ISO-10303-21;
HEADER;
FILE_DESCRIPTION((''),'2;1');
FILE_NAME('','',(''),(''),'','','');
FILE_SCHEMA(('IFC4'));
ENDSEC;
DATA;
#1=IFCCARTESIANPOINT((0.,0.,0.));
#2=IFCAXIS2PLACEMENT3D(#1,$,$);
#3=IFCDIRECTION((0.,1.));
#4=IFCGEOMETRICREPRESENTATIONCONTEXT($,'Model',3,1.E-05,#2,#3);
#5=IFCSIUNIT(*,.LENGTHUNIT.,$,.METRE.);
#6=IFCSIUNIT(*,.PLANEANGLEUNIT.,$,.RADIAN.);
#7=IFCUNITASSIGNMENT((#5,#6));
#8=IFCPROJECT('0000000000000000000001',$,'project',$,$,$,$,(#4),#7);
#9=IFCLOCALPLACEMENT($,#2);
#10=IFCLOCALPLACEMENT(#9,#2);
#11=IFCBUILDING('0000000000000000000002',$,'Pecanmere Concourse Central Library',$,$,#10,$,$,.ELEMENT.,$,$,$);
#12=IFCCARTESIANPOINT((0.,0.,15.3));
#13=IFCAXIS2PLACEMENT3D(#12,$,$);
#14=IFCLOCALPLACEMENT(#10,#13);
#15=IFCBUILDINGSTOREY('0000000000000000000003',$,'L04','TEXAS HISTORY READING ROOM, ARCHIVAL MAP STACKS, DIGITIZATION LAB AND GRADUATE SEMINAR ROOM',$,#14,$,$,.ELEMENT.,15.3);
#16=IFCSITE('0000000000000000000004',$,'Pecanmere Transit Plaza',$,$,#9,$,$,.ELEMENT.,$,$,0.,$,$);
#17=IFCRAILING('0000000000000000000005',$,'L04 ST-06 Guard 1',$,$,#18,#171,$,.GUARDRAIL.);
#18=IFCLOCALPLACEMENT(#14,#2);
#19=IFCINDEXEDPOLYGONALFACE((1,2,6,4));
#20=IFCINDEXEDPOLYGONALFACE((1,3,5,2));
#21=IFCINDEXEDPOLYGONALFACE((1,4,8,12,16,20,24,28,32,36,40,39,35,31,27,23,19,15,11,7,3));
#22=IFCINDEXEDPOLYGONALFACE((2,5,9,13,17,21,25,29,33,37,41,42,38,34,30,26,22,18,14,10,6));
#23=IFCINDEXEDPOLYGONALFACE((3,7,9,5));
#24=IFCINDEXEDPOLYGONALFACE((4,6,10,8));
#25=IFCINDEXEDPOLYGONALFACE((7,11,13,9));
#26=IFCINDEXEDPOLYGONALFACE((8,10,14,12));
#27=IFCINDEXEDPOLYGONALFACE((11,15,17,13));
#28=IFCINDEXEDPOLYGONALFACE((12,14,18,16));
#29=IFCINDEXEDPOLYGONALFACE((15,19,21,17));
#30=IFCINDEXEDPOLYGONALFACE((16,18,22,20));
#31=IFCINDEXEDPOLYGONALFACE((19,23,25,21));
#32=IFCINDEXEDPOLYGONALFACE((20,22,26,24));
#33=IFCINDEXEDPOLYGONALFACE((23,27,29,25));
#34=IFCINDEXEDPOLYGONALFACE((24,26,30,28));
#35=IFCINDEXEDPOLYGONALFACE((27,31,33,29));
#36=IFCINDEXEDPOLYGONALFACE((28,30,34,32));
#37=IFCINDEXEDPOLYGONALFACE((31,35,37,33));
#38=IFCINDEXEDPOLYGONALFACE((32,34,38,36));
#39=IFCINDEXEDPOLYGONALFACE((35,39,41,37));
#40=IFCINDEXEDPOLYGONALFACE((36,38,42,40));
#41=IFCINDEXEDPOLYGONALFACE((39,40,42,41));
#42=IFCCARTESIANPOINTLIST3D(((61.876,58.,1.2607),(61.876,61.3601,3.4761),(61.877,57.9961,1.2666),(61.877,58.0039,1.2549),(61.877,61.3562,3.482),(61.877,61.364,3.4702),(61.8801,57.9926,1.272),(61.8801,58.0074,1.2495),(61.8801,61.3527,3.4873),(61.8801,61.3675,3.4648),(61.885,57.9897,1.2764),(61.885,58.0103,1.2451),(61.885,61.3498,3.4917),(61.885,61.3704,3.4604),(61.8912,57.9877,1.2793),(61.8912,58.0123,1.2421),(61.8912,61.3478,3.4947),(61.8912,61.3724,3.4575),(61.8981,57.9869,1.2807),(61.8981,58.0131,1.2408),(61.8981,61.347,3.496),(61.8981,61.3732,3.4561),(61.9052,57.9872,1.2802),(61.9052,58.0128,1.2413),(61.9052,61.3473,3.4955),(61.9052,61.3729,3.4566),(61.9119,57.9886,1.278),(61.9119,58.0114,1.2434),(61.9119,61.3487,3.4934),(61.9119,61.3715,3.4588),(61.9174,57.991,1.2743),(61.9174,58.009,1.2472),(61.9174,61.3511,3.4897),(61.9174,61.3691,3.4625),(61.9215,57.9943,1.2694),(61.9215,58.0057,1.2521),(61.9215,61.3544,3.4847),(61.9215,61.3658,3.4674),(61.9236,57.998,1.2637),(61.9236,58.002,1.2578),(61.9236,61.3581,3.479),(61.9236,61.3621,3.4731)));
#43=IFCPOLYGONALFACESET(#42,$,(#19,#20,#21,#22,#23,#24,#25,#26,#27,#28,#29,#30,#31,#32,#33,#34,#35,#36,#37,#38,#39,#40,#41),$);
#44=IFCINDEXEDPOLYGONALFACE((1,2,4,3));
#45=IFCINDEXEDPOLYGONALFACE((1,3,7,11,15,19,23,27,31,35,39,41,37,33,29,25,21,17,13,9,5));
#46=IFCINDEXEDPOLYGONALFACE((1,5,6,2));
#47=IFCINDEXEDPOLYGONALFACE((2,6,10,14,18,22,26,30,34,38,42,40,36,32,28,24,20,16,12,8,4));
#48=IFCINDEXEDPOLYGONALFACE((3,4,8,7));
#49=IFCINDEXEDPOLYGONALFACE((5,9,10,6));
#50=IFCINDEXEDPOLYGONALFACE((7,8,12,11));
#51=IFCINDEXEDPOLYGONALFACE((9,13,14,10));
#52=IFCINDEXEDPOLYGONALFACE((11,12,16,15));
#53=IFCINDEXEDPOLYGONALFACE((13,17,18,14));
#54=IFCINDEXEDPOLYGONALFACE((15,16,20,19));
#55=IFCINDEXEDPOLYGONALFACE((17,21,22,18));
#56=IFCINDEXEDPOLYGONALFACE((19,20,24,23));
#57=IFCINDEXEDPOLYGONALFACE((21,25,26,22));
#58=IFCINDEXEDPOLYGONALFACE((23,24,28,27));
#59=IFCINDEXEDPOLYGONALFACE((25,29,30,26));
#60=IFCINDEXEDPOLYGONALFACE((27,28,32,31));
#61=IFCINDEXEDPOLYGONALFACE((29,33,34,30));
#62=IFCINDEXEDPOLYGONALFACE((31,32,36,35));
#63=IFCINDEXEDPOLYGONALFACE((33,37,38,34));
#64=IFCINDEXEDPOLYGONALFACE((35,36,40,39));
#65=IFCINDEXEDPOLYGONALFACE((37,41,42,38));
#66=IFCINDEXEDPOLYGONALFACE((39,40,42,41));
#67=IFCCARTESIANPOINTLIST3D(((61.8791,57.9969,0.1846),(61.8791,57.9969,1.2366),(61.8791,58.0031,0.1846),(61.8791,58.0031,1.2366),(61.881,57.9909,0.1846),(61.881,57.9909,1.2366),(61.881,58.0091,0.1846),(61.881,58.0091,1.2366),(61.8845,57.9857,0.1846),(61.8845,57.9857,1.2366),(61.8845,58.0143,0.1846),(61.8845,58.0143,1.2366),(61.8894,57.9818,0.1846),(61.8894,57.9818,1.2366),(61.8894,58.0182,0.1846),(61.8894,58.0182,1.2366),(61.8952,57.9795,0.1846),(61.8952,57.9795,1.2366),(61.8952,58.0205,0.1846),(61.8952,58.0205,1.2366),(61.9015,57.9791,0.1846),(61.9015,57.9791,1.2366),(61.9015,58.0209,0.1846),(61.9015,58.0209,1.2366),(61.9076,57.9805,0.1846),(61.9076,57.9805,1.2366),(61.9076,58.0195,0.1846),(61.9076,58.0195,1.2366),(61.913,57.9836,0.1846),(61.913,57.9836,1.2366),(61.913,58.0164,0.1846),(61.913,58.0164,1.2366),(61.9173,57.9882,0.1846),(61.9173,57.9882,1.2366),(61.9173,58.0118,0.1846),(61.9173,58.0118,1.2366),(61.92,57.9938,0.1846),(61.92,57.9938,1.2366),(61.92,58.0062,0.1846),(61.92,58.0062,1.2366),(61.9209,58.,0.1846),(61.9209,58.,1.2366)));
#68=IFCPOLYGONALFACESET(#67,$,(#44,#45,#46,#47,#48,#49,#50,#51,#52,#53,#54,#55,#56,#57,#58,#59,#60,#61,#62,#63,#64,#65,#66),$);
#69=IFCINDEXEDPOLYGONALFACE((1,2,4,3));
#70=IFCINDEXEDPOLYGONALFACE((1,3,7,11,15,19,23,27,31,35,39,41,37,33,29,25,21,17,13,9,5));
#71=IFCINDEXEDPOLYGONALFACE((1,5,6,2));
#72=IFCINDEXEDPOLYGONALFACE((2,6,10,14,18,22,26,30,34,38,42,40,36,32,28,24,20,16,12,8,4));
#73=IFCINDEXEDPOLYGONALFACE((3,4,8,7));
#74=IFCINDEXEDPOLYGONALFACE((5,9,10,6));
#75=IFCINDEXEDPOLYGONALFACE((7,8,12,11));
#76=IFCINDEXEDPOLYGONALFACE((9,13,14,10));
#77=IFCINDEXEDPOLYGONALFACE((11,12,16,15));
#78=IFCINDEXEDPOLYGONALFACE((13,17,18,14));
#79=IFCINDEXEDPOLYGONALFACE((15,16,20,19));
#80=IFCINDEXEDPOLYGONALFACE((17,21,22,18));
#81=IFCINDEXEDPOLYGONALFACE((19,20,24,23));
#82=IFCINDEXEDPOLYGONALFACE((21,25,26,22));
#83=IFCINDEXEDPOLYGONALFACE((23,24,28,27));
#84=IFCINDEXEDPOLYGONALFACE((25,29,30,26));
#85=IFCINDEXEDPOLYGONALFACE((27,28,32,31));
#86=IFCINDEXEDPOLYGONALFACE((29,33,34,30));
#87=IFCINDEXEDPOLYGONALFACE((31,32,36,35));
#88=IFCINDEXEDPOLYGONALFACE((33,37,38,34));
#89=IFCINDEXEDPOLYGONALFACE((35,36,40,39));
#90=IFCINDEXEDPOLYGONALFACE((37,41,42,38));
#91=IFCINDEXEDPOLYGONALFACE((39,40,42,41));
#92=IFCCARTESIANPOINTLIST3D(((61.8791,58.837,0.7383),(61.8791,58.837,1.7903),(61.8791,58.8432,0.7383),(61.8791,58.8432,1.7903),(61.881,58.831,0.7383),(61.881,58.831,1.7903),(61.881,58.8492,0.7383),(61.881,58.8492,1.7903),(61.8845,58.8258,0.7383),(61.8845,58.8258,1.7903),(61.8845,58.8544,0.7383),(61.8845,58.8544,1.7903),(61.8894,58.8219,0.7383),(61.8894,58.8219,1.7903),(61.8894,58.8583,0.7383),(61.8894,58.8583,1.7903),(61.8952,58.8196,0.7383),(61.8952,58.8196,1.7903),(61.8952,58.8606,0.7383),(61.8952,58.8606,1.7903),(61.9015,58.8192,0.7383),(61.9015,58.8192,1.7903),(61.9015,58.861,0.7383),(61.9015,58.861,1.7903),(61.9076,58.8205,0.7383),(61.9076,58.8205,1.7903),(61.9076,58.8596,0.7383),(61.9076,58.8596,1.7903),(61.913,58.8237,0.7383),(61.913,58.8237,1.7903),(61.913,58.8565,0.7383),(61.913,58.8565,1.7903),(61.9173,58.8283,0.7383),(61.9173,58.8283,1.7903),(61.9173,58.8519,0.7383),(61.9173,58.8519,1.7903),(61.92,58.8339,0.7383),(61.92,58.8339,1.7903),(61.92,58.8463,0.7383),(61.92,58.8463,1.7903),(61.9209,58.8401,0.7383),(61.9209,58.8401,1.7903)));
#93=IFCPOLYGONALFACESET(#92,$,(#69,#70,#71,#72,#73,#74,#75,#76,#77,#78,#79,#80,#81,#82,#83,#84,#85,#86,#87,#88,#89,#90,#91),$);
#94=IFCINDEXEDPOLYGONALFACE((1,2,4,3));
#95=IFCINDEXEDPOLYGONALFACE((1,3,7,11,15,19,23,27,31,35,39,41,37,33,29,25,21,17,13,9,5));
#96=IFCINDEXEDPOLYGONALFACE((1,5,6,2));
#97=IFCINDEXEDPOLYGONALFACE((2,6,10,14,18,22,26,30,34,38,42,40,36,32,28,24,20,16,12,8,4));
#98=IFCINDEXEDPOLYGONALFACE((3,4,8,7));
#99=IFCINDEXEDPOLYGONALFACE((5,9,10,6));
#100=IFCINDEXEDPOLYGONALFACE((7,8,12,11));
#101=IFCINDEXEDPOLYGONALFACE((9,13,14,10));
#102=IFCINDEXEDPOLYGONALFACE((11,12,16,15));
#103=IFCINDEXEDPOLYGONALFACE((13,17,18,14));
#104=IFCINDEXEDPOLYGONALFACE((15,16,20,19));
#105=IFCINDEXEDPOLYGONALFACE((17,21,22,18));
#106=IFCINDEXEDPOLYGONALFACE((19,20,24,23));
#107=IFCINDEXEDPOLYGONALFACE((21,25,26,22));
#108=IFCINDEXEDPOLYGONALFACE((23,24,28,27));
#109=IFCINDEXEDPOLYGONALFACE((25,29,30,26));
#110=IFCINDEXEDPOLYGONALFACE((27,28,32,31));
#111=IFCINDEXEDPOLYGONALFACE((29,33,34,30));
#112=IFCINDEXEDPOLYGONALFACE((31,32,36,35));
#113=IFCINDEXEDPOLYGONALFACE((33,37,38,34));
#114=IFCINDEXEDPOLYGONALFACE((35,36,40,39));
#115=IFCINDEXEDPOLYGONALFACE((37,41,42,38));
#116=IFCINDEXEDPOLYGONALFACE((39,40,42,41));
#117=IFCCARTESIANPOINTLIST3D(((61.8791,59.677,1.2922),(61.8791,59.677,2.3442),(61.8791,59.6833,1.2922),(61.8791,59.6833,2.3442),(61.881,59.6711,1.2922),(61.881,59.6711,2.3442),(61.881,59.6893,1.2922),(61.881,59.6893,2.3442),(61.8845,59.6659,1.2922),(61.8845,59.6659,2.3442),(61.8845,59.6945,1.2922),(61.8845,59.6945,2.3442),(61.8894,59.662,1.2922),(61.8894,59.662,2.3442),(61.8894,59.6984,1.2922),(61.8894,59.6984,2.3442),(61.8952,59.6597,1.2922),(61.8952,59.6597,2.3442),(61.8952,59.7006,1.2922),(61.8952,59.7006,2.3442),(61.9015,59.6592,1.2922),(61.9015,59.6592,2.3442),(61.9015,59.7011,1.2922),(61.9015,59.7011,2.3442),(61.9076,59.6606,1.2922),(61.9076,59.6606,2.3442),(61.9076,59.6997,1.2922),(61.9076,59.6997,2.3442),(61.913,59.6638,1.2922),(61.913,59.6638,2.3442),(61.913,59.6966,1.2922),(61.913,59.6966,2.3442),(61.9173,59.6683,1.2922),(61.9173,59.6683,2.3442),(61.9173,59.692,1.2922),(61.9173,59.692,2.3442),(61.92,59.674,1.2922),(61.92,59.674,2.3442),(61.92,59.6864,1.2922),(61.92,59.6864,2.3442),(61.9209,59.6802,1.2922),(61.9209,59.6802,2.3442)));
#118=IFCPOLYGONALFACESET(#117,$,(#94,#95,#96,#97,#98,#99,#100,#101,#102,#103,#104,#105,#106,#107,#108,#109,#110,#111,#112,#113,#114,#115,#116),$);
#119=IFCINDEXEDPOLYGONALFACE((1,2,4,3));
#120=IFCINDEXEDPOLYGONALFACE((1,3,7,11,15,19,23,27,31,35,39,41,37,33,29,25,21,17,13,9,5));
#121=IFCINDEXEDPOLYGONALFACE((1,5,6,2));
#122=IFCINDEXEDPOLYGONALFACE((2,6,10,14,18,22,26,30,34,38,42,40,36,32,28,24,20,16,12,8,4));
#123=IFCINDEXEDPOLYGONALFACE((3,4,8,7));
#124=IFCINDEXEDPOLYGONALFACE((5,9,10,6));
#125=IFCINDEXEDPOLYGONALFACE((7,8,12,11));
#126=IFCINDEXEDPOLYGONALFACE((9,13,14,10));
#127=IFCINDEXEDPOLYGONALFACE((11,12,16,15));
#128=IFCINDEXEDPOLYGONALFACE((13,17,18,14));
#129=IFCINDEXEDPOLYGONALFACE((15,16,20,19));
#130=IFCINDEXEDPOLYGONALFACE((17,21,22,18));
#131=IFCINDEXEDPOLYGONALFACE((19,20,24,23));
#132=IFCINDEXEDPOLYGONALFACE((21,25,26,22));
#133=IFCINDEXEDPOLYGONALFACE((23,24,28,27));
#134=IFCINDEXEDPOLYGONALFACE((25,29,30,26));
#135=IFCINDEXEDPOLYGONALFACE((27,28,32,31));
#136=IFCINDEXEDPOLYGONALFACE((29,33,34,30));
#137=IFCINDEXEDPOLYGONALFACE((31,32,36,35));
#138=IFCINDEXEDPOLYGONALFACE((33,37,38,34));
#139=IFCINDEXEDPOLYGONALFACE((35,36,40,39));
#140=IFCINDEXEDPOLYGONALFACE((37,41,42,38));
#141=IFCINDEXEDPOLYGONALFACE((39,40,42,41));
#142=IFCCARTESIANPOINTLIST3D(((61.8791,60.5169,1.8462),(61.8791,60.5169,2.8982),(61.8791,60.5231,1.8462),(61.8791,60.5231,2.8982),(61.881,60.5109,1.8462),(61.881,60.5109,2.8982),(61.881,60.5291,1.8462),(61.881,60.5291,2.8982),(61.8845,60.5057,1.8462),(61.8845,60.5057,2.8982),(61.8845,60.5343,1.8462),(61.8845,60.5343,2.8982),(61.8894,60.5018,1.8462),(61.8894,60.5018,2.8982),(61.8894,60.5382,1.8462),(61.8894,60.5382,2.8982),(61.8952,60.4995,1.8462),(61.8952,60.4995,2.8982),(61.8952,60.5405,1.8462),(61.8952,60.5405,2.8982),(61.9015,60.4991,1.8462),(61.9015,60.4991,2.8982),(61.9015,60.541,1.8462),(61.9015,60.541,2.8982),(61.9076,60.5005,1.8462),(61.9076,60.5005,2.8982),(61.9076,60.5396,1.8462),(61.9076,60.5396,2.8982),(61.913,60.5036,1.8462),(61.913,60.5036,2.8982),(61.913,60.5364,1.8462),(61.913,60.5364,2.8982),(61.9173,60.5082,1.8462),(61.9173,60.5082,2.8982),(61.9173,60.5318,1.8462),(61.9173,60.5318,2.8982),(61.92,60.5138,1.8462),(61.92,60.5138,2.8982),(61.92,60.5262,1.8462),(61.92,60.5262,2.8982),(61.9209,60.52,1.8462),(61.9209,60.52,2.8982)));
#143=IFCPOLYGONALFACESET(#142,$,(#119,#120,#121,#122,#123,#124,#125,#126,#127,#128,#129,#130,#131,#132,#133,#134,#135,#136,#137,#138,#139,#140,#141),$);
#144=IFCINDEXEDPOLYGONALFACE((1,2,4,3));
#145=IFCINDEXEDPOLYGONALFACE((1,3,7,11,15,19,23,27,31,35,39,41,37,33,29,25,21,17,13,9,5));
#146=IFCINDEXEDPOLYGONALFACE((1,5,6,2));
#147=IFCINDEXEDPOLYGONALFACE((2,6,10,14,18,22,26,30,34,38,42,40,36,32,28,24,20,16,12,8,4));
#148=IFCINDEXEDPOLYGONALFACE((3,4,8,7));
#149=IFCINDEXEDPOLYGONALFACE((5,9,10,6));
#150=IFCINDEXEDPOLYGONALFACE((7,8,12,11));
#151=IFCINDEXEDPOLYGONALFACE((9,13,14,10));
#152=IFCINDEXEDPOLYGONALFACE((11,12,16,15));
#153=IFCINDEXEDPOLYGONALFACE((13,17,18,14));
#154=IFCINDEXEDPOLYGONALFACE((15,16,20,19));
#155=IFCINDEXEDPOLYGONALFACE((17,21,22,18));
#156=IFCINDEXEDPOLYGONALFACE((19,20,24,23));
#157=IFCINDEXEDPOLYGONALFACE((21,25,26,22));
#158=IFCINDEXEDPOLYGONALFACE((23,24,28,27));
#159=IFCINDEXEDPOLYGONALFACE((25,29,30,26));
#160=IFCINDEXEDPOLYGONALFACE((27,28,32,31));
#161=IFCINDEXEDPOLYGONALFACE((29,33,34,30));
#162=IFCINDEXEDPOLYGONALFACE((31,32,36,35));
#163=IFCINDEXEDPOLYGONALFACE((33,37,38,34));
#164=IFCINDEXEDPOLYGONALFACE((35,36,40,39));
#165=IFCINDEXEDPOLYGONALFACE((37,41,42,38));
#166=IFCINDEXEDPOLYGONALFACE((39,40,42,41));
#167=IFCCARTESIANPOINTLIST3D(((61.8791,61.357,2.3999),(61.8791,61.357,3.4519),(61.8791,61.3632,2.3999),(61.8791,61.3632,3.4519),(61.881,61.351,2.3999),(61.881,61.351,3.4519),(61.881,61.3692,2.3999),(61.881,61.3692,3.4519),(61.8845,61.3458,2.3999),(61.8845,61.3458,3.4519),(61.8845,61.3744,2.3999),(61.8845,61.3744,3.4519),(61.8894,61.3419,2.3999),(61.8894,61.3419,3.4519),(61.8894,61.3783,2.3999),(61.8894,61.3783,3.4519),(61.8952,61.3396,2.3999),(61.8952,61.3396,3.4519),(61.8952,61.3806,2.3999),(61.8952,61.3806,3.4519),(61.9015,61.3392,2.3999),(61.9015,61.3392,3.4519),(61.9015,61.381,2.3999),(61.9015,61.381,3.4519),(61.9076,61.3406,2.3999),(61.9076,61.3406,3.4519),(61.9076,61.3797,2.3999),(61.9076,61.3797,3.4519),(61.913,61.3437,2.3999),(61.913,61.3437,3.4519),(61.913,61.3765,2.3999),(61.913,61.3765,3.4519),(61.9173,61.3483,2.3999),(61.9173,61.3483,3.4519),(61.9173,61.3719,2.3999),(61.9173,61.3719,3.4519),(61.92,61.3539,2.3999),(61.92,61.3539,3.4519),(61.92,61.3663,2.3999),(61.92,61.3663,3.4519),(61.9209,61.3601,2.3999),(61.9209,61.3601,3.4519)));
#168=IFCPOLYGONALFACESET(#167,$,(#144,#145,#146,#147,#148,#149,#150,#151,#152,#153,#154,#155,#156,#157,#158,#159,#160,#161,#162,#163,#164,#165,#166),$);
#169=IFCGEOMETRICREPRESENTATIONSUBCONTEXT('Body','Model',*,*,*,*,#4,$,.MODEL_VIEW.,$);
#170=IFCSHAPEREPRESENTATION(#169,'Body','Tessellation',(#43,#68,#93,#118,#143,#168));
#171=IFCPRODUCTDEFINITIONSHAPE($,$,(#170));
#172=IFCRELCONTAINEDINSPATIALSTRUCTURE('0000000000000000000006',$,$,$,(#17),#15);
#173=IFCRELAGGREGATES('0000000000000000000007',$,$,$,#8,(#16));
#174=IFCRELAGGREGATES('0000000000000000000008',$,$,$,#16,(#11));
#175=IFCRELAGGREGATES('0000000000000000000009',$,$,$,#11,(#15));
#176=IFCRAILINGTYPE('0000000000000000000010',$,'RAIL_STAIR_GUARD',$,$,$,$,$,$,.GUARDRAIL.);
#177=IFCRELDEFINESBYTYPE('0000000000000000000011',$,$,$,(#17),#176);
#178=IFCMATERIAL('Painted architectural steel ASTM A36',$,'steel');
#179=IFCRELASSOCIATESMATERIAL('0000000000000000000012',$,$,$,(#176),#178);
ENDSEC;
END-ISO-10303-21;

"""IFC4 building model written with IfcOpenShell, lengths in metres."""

from ifc_helpers import new_model, si_unit, direction, frame, origin, origin_2d, place, context, subcontext, project, spatial, circle, extrude, material, type_object, element, save


model = new_model("IFC4")

# Units and contexts
model_context = context("Model", 3, precision=1e-05, world=origin(), true_north=direction((0.0, 1.0)))
body_context = subcontext(model_context, "Body", "Model", "MODEL_VIEW")
ifc_project = project(units=[si_unit("LENGTHUNIT", "METRE"), si_unit("PLANEANGLEUNIT", "RADIAN")], contexts=[model_context])

# Site, building, storey
site_placement = place(None, origin())
site = spatial("IfcSite", under=ifc_project, at=site_placement, Name="Pecanmere Transit Plaza", CompositionType="ELEMENT", RefElevation=0.0)
building_placement = place(site_placement, origin())
building = spatial("IfcBuilding", under=site, at=building_placement, Name="Pecanmere Concourse Central Library", CompositionType="ELEMENT")
storey_placement = place(building_placement, frame((0.0, 0.0, 15.3)))
storey = spatial("IfcBuildingStorey", under=building, at=storey_placement, Name="L04", Description="TEXAS HISTORY READING ROOM, ARCHIVAL MAP STACKS, DIGITIZATION LAB AND GRADUATE SEMINAR ROOM", CompositionType="ELEMENT", Elevation=15.3)

# Railing
ifc_material_1 = material(Name="Painted architectural steel ASTM A36", Category="steel")
railing_type_1 = type_object("IfcRailingType", Name="RAIL_STAIR_GUARD", PredefinedType="GUARDRAIL", material=ifc_material_1)
railing_1_placement = place(storey_placement, frame((61.8999, 58.0, 0.1846)))
element("IfcRailing", 1, at=railing_1_placement, inside=storey, type_object=railing_type_1, Name="L04 ST-06 Guard 1", PredefinedType="GUARDRAIL", context=body_context, shape_type="SweptSolid", body=[
    extrude(circle(Radius=0.0239, at=origin_2d()), frame((0.0, 0.0, 1.0762), z_axis=(0.0, 0.834876, 0.550437), x_axis=(-1.0, 0.0, 0.0)), (0.0, 0.0, 1.0), 4.0247),
    extrude(circle(Radius=0.021, at=origin_2d()), origin(), (0.0, 0.0, 1.0), 1.052),
    extrude(circle(Radius=0.021, at=origin_2d()), frame((0.0, 0.8401, 0.5537)), (0.0, 0.0, 1.0), 1.052),
    extrude(circle(Radius=0.021, at=origin_2d()), frame((0.0, 1.6802, 1.1077)), (0.0, 0.0, 1.0), 1.052),
    extrude(circle(Radius=0.021, at=origin_2d()), frame((0.0, 2.52, 1.6616)), (0.0, 0.0, 1.0), 1.052),
    extrude(circle(Radius=0.021, at=origin_2d()), frame((0.0, 3.3601, 2.2153)), (0.0, 0.0, 1.0), 1.052),
])

save(model, "model.ifc")
